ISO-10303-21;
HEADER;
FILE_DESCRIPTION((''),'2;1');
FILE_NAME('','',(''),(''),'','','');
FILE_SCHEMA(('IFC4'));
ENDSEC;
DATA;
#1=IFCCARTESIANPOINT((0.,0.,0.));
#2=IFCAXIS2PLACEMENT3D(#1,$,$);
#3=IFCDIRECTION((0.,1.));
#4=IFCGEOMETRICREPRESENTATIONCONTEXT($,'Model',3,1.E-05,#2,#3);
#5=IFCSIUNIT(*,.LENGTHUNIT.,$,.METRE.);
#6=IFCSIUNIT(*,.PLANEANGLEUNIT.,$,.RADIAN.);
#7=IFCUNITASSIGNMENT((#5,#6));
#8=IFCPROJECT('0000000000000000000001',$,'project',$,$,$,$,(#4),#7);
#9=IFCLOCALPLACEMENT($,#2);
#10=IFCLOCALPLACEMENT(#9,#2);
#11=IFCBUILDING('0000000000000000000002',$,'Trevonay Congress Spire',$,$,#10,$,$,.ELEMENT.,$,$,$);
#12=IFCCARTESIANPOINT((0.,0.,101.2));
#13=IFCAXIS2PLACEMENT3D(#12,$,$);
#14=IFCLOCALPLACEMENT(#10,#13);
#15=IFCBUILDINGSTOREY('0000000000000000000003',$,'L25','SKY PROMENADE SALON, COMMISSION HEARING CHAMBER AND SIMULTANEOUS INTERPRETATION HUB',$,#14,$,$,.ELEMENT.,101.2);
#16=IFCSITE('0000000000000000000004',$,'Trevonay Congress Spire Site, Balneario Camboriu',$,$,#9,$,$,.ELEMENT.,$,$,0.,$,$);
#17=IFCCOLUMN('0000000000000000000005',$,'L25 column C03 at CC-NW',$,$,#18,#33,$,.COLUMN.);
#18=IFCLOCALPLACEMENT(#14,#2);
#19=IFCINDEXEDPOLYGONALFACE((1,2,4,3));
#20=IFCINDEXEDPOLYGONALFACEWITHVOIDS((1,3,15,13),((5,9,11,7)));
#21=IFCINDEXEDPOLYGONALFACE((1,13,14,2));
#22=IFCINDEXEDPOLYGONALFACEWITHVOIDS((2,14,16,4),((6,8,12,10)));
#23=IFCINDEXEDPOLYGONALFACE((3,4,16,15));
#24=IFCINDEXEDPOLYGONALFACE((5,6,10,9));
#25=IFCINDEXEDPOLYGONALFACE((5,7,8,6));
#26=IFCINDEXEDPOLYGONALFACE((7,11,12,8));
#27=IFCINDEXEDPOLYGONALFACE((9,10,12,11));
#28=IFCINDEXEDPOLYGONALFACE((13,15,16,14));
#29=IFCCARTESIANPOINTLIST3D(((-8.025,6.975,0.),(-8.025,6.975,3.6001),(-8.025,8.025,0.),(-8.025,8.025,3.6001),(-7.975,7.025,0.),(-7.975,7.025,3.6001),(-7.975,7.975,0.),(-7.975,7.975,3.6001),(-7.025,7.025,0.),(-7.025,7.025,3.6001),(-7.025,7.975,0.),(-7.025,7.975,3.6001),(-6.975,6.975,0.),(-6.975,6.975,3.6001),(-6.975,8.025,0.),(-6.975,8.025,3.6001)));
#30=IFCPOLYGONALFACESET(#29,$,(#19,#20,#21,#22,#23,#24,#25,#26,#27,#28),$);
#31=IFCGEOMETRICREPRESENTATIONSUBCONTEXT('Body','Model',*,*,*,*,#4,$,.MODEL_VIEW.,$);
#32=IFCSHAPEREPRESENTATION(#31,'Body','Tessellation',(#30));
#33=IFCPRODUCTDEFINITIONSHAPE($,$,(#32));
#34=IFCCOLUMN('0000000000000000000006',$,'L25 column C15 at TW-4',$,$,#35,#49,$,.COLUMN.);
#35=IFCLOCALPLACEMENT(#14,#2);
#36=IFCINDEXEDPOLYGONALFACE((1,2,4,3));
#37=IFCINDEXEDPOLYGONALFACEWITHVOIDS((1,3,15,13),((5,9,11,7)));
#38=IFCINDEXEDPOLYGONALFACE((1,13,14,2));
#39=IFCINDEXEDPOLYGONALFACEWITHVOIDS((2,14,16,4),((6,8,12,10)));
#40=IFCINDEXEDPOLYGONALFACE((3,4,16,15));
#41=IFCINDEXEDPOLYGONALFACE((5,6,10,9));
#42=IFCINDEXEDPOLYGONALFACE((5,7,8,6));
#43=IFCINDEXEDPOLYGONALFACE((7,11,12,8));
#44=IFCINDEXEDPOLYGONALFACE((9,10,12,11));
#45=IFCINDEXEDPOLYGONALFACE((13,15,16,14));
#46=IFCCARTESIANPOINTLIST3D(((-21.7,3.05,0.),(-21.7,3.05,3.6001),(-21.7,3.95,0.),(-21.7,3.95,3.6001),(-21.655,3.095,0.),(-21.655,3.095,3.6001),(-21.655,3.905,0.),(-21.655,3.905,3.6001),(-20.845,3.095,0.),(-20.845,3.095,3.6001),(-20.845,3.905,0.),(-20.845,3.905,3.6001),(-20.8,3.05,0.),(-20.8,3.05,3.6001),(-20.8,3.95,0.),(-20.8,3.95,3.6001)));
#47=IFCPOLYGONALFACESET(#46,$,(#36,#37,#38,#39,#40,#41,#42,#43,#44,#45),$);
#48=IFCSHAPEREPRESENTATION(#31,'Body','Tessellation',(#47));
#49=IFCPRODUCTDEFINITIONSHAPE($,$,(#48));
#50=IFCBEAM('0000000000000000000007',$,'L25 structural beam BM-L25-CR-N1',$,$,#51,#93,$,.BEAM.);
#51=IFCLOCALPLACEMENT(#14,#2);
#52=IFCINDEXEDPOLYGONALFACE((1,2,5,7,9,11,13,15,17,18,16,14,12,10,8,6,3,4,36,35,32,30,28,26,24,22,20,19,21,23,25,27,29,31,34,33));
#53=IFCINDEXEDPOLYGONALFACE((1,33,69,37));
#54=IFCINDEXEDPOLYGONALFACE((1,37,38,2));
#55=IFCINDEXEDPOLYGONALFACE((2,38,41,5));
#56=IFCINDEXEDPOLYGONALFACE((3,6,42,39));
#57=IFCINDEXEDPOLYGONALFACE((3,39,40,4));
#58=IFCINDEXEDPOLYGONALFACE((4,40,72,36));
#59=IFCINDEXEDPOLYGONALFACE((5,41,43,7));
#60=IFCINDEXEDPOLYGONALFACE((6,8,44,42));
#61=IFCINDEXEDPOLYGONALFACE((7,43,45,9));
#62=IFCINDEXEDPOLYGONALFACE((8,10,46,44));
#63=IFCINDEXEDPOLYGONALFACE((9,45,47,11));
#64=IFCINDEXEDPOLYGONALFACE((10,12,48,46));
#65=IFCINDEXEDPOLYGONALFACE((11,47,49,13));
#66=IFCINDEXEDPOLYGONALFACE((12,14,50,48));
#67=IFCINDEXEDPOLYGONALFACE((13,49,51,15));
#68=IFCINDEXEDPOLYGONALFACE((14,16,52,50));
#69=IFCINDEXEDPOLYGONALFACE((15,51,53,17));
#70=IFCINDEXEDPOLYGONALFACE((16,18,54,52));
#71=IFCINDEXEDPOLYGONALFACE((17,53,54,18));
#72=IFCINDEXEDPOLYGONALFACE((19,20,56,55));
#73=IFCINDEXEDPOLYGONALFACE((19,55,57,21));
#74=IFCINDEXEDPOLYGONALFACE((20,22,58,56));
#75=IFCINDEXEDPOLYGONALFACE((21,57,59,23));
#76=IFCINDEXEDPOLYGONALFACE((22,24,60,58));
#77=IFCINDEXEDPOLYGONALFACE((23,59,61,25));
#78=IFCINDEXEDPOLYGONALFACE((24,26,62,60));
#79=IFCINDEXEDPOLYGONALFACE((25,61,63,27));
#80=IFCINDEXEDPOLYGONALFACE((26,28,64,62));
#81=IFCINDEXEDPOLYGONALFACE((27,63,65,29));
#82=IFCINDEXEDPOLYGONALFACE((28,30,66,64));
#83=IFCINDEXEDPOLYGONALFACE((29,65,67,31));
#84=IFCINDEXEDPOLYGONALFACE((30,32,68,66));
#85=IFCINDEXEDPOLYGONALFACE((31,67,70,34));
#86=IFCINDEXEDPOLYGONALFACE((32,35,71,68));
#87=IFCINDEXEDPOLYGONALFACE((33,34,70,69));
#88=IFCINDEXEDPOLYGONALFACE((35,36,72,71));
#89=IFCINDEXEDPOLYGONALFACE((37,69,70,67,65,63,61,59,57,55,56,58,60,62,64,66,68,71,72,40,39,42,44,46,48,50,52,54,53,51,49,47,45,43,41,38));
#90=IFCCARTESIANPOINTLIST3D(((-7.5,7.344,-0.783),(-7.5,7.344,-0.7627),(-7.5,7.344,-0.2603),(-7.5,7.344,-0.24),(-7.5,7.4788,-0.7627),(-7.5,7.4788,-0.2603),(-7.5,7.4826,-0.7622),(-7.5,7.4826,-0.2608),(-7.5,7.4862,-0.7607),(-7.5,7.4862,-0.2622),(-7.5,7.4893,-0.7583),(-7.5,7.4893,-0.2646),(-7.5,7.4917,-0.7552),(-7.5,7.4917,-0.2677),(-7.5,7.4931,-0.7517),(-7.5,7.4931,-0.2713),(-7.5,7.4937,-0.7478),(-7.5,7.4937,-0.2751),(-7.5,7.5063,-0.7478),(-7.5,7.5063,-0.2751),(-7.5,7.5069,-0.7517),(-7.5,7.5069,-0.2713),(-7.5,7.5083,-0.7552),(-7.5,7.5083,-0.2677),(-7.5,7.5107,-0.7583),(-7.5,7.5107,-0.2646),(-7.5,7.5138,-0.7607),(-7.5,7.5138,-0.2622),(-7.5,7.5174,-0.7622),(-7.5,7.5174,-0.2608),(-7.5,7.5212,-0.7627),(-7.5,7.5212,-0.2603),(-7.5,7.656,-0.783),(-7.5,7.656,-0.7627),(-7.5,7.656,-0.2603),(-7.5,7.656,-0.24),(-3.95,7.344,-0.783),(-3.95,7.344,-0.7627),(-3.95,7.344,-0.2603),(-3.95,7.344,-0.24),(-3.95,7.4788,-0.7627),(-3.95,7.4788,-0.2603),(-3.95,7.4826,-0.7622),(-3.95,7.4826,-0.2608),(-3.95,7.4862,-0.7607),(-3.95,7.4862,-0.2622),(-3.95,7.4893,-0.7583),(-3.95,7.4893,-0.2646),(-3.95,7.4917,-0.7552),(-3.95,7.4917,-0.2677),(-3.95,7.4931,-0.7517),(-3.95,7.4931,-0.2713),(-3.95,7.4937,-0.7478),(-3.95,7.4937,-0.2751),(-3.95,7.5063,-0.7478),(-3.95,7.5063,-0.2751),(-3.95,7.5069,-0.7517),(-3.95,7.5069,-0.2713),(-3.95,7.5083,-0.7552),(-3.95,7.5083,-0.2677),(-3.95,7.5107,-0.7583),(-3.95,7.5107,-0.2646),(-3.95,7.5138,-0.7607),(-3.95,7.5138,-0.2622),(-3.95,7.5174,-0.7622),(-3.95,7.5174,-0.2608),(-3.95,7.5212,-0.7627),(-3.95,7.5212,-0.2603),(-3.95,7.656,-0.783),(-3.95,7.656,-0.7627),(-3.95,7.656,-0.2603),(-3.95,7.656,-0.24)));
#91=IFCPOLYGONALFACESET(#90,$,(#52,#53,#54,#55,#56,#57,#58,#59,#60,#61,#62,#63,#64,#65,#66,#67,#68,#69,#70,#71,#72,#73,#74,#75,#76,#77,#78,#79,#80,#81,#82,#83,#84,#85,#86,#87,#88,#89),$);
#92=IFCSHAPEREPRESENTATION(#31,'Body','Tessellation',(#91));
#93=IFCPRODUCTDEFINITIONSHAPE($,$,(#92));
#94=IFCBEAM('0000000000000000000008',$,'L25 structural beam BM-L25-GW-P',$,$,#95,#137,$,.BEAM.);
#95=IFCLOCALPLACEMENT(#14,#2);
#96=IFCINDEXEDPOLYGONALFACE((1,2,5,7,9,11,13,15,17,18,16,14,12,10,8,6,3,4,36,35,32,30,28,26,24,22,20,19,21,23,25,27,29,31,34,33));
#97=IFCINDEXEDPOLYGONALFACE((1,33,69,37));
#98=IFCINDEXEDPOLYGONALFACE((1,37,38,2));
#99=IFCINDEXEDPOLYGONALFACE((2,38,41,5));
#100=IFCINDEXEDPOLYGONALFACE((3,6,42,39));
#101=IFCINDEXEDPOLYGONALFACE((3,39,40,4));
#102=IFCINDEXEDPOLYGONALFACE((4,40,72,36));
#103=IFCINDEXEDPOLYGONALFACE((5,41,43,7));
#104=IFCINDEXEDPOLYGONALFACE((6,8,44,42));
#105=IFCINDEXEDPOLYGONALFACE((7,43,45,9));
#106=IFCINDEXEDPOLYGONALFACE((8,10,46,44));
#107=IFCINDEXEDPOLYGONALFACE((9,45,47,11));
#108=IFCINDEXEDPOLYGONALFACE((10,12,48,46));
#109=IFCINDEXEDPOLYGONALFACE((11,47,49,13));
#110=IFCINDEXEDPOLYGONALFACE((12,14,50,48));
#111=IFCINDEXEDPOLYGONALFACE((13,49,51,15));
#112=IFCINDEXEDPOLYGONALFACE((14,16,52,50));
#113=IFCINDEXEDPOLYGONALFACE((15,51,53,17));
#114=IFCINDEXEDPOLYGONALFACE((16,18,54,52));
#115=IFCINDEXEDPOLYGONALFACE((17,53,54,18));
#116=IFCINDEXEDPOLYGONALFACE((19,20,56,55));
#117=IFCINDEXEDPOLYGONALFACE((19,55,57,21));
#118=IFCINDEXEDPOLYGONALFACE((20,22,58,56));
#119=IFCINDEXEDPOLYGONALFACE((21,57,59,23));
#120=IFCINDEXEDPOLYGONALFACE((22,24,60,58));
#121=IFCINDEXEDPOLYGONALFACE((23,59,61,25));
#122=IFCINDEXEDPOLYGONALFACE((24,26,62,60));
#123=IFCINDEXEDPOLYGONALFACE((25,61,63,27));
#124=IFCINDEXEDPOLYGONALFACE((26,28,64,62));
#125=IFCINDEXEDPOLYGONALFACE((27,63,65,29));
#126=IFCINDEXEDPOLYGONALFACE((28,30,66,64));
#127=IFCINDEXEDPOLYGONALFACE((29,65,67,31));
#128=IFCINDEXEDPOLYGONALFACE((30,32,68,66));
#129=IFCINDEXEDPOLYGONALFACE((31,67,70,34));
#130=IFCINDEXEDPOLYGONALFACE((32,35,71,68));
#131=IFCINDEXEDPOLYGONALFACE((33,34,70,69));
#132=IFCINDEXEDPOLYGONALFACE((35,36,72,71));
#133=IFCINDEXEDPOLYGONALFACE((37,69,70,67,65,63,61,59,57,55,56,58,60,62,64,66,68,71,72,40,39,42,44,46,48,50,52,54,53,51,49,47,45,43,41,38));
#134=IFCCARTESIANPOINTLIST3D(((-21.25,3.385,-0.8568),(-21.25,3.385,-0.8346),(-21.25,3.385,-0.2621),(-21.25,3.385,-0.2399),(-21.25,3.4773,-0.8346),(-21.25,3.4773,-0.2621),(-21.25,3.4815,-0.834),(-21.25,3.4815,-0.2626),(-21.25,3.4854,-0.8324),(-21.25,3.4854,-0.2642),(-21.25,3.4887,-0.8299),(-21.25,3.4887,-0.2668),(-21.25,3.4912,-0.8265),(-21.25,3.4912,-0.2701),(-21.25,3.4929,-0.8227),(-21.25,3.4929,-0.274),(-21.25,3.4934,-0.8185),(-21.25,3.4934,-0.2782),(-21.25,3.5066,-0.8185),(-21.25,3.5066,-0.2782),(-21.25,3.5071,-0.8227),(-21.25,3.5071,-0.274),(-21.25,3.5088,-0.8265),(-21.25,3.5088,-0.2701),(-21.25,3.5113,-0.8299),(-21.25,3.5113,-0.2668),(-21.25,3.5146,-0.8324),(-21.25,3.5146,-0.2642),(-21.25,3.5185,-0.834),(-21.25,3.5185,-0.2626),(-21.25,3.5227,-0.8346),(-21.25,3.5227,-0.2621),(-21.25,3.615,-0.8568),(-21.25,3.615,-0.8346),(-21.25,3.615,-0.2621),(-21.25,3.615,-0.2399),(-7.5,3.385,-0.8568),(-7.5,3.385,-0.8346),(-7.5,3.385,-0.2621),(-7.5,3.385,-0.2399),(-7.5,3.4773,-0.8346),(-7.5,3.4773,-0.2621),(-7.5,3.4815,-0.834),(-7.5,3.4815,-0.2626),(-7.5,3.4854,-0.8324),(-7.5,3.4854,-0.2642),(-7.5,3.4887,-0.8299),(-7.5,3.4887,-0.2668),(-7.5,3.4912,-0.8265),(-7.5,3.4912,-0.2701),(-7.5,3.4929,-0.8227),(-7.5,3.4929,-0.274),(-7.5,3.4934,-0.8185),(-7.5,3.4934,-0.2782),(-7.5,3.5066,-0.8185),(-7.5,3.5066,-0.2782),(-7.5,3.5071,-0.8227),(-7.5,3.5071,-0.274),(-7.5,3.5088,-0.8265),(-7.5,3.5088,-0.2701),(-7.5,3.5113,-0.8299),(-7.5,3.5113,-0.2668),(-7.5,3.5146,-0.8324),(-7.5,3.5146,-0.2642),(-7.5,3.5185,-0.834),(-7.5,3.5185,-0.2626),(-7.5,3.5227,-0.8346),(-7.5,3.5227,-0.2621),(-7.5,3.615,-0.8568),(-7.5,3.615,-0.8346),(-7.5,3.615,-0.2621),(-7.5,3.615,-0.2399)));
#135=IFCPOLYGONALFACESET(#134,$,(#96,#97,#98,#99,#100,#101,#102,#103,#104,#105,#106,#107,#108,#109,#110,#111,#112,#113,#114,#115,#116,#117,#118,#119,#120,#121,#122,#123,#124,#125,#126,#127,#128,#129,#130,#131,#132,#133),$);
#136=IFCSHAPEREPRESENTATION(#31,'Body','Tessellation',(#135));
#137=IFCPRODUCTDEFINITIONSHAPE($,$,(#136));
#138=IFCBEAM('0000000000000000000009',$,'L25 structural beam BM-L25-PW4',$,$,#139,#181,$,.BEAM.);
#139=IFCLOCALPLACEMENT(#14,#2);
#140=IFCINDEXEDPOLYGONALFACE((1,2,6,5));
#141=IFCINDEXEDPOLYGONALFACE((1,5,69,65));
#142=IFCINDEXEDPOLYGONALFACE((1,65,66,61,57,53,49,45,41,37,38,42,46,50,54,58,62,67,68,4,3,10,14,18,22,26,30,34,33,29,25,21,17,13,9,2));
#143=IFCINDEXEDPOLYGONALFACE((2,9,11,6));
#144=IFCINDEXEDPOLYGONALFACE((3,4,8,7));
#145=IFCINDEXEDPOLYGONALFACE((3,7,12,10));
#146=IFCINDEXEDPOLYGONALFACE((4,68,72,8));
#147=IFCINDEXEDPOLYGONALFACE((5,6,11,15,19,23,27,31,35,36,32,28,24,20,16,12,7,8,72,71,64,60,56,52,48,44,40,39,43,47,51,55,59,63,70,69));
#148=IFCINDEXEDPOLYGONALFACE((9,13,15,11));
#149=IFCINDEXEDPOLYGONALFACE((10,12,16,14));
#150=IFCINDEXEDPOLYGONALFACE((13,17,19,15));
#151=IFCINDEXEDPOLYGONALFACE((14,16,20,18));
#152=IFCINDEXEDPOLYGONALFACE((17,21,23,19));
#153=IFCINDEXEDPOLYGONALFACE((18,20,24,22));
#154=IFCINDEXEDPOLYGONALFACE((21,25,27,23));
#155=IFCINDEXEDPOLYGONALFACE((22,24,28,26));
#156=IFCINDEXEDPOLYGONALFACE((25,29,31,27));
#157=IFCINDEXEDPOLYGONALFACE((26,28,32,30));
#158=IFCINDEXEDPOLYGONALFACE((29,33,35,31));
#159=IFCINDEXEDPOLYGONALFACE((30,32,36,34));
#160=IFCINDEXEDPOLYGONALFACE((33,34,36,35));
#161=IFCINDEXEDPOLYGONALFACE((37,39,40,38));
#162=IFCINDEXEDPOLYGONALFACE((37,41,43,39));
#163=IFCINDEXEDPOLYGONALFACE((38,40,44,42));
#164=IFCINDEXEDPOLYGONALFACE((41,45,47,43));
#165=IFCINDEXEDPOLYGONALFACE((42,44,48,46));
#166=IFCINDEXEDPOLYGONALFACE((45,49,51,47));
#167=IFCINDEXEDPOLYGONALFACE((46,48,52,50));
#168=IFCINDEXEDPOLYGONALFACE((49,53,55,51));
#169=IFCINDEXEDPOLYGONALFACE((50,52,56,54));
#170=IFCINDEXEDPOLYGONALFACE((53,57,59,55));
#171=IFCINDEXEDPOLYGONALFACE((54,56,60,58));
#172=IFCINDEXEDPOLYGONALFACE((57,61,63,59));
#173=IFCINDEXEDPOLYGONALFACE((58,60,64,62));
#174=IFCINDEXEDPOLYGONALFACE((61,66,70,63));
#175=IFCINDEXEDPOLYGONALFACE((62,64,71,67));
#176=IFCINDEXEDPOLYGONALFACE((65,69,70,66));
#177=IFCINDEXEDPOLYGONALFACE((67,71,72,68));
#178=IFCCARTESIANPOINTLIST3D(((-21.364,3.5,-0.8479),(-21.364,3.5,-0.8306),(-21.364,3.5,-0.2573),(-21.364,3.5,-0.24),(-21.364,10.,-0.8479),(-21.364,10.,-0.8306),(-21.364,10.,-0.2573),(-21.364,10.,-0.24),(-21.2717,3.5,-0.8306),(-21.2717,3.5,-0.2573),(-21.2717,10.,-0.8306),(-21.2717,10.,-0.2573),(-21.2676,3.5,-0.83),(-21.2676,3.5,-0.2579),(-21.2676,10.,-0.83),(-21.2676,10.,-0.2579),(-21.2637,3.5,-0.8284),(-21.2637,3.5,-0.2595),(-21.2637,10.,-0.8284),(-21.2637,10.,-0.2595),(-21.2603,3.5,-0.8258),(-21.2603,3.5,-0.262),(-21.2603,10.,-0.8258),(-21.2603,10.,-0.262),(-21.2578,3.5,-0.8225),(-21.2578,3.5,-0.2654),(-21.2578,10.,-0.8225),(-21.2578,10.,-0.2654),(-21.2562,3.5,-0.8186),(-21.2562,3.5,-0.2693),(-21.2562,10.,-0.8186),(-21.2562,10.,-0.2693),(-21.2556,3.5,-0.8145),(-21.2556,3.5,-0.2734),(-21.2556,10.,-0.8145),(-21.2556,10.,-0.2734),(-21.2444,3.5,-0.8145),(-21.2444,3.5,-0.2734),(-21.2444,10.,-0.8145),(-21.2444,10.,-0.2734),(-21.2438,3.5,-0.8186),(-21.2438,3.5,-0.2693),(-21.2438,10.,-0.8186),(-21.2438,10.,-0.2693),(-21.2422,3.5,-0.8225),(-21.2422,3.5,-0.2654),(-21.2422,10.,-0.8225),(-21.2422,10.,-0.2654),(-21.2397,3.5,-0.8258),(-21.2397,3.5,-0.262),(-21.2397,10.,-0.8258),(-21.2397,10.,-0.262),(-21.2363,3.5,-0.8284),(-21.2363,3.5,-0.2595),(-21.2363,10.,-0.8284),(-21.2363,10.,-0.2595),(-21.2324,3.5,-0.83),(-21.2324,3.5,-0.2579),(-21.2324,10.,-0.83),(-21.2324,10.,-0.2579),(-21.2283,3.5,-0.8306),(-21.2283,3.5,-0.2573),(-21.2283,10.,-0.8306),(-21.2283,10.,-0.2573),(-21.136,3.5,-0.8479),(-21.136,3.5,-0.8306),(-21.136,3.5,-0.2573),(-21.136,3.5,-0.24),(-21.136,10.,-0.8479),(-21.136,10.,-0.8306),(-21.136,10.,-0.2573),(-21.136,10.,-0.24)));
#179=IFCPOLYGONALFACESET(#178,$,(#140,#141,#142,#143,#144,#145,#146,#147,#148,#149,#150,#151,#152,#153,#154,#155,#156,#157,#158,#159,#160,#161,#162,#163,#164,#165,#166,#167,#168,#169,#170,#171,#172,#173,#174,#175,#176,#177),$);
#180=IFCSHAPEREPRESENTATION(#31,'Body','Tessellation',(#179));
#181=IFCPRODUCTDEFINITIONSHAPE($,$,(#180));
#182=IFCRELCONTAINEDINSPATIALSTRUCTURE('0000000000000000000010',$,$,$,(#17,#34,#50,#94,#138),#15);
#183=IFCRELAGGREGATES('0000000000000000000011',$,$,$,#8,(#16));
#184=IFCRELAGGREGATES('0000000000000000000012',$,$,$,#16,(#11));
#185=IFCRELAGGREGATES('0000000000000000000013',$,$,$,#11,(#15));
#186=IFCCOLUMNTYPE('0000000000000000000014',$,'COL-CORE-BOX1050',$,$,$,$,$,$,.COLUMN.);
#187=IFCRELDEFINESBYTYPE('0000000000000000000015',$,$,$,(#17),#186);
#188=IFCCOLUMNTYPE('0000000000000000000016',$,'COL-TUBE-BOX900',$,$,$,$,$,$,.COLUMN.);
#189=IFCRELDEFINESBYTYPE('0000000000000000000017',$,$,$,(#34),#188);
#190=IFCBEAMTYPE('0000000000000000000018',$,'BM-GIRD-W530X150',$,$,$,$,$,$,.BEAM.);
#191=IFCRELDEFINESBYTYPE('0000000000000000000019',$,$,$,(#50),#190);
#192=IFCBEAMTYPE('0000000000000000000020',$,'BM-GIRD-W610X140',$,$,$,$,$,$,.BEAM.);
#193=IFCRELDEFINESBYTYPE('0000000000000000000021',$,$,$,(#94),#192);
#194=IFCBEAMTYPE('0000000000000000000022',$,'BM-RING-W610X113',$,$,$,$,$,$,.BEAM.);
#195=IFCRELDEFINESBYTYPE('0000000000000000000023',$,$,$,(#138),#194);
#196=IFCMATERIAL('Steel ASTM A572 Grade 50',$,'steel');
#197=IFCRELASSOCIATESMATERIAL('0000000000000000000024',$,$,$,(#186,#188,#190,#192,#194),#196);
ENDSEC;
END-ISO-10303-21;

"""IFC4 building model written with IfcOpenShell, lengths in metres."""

from ifc_helpers import new_model, si_unit, direction, frame, origin, origin_2d, place, context, subcontext, project, spatial, hollow_rectangle, i_section, extrude, material, material_profile, profile_set, type_object, element, save


model = new_model("IFC4")

# Units and contexts
model_context = context("Model", 3, precision=1e-05, world=origin(), true_north=direction((0.0, 1.0)))
body_context = subcontext(model_context, "Body", "Model", "MODEL_VIEW")
ifc_project = project(units=[si_unit("LENGTHUNIT", "METRE"), si_unit("PLANEANGLEUNIT", "RADIAN")], contexts=[model_context])

# Site, building, storey
site_placement = place(None, origin())
site = spatial("IfcSite", under=ifc_project, at=site_placement, Name="Trevonay Congress Spire Site, Balneario Camboriu", CompositionType="ELEMENT", RefElevation=0.0)
building_placement = place(site_placement, origin())
building = spatial("IfcBuilding", under=site, at=building_placement, Name="Trevonay Congress Spire", CompositionType="ELEMENT")
storey_placement = place(building_placement, frame((0.0, 0.0, 101.2)))
storey = spatial("IfcBuildingStorey", under=building, at=storey_placement, Name="L25", Description="SKY PROMENADE SALON, COMMISSION HEARING CHAMBER AND SIMULTANEOUS INTERPRETATION HUB", CompositionType="ELEMENT", Elevation=101.2)

# Columns
ifc_material_1 = material(Name="Steel ASTM A572 Grade 50", Category="steel")
ifc_material_profile_1 = material_profile(ifc_material_1, hollow_rectangle(XDim=1.05, YDim=1.05, WallThickness=0.05, at=origin_2d()), Name="BOX 1050x1050x50")
ifc_profile_set_1 = profile_set([ifc_material_profile_1], Name="Steel ASTM A572 Grade 50")
column_type_1 = type_object("IfcColumnType", Name="COL-CORE-BOX1050", PredefinedType="COLUMN", material=ifc_profile_set_1)
column_1_placement = place(storey_placement, frame((-7.5, 7.5, 0.0), z_axis=(0.0, 0.0, 1.0), x_axis=(1.0, 0.0, 0.0)))
element("IfcColumn", 1, at=column_1_placement, inside=storey, type_object=column_type_1, Name="L25 column C03 at CC-NW", PredefinedType="COLUMN", context=body_context, shape_type="SweptSolid", body=[
    extrude(hollow_rectangle(XDim=1.05, YDim=1.05, WallThickness=0.05, at=origin_2d()), origin(), (0.0, 0.0, 1.0), 3.6001),
])
ifc_material_profile_2 = material_profile(ifc_material_1, hollow_rectangle(XDim=0.8999, YDim=0.8999, WallThickness=0.0449, at=origin_2d()), Name="BOX 900x900x45")
ifc_profile_set_2 = profile_set([ifc_material_profile_2], Name="Steel ASTM A572 Grade 50")
column_type_2 = type_object("IfcColumnType", Name="COL-TUBE-BOX900", PredefinedType="COLUMN", material=ifc_profile_set_2)
column_2_placement = place(storey_placement, frame((-21.25, 3.5, 0.0), z_axis=(0.0, 0.0, 1.0), x_axis=(1.0, 0.0, 0.0)))
element("IfcColumn", 2, at=column_2_placement, inside=storey, type_object=column_type_2, Name="L25 column C15 at TW-4", PredefinedType="COLUMN", context=body_context, shape_type="SweptSolid", body=[
    extrude(hollow_rectangle(XDim=0.8999, YDim=0.8999, WallThickness=0.0449, at=origin_2d()), origin(), (0.0, 0.0, 1.0), 3.6001),
])

# Beams
ifc_material_profile_3 = material_profile(ifc_material_1, i_section(OverallWidth=0.312, OverallDepth=0.543, WebThickness=0.0127, FlangeThickness=0.0203, FilletRadius=0.0149, at=origin_2d()), Name="W530x150")
ifc_profile_set_3 = profile_set([ifc_material_profile_3], Name="Steel ASTM A572 Grade 50")
beam_type_1 = type_object("IfcBeamType", Name="BM-GIRD-W530X150", PredefinedType="BEAM", material=ifc_profile_set_3)
beam_1_placement = place(storey_placement, frame((-7.5, 7.5, -0.5115), z_axis=(1.0, 0.0, 0.0), x_axis=(0.0, 1.0, 0.0)))
element("IfcBeam", 3, at=beam_1_placement, inside=storey, type_object=beam_type_1, Name="L25 structural beam BM-L25-CR-N1", PredefinedType="BEAM", context=body_context, shape_type="SweptSolid", body=[
    extrude(i_section(OverallWidth=0.312, OverallDepth=0.543, WebThickness=0.0127, FlangeThickness=0.0203, FilletRadius=0.0149, at=origin_2d()), origin(), (0.0, 0.0, 1.0), 3.55),
])
ifc_material_profile_4 = material_profile(ifc_material_1, i_section(OverallWidth=0.23, OverallDepth=0.6169, WebThickness=0.0132, FlangeThickness=0.0222, FilletRadius=0.0161, at=origin_2d()), Name="W610x140")
ifc_profile_set_4 = profile_set([ifc_material_profile_4], Name="Steel ASTM A572 Grade 50")
beam_type_2 = type_object("IfcBeamType", Name="BM-GIRD-W610X140", PredefinedType="BEAM", material=ifc_profile_set_4)
beam_2_placement = place(storey_placement, frame((-7.5, 3.5, -0.5483), z_axis=(-1.0, 0.0, 0.0), x_axis=(0.0, -1.0, 0.0)))
element("IfcBeam", 4, at=beam_2_placement, inside=storey, type_object=beam_type_2, Name="L25 structural beam BM-L25-GW-P", PredefinedType="BEAM", context=body_context, shape_type="SweptSolid", body=[
    extrude(i_section(OverallWidth=0.23, OverallDepth=0.6169, WebThickness=0.0132, FlangeThickness=0.0222, FilletRadius=0.0161, at=origin_2d()), origin(), (0.0, 0.0, 1.0), 13.75),
])
ifc_material_profile_5 = material_profile(ifc_material_1, i_section(OverallWidth=0.228, OverallDepth=0.6079, WebThickness=0.0112, FlangeThickness=0.0173, FilletRadius=0.0161, at=origin_2d()), Name="W610x113")
ifc_profile_set_5 = profile_set([ifc_material_profile_5], Name="Steel ASTM A572 Grade 50")
beam_type_3 = type_object("IfcBeamType", Name="BM-RING-W610X113", PredefinedType="BEAM", material=ifc_profile_set_5)
beam_3_placement = place(storey_placement, frame((-21.25, 3.5, -0.5439), z_axis=(0.0, 1.0, 0.0), x_axis=(-1.0, 0.0, 0.0)))
element("IfcBeam", 5, at=beam_3_placement, inside=storey, type_object=beam_type_3, Name="L25 structural beam BM-L25-PW4", PredefinedType="BEAM", context=body_context, shape_type="SweptSolid", body=[
    extrude(i_section(OverallWidth=0.228, OverallDepth=0.6079, WebThickness=0.0112, FlangeThickness=0.0173, FilletRadius=0.0161, at=origin_2d()), origin(), (0.0, 0.0, 1.0), 6.5),
])

save(model, "model.ifc")
